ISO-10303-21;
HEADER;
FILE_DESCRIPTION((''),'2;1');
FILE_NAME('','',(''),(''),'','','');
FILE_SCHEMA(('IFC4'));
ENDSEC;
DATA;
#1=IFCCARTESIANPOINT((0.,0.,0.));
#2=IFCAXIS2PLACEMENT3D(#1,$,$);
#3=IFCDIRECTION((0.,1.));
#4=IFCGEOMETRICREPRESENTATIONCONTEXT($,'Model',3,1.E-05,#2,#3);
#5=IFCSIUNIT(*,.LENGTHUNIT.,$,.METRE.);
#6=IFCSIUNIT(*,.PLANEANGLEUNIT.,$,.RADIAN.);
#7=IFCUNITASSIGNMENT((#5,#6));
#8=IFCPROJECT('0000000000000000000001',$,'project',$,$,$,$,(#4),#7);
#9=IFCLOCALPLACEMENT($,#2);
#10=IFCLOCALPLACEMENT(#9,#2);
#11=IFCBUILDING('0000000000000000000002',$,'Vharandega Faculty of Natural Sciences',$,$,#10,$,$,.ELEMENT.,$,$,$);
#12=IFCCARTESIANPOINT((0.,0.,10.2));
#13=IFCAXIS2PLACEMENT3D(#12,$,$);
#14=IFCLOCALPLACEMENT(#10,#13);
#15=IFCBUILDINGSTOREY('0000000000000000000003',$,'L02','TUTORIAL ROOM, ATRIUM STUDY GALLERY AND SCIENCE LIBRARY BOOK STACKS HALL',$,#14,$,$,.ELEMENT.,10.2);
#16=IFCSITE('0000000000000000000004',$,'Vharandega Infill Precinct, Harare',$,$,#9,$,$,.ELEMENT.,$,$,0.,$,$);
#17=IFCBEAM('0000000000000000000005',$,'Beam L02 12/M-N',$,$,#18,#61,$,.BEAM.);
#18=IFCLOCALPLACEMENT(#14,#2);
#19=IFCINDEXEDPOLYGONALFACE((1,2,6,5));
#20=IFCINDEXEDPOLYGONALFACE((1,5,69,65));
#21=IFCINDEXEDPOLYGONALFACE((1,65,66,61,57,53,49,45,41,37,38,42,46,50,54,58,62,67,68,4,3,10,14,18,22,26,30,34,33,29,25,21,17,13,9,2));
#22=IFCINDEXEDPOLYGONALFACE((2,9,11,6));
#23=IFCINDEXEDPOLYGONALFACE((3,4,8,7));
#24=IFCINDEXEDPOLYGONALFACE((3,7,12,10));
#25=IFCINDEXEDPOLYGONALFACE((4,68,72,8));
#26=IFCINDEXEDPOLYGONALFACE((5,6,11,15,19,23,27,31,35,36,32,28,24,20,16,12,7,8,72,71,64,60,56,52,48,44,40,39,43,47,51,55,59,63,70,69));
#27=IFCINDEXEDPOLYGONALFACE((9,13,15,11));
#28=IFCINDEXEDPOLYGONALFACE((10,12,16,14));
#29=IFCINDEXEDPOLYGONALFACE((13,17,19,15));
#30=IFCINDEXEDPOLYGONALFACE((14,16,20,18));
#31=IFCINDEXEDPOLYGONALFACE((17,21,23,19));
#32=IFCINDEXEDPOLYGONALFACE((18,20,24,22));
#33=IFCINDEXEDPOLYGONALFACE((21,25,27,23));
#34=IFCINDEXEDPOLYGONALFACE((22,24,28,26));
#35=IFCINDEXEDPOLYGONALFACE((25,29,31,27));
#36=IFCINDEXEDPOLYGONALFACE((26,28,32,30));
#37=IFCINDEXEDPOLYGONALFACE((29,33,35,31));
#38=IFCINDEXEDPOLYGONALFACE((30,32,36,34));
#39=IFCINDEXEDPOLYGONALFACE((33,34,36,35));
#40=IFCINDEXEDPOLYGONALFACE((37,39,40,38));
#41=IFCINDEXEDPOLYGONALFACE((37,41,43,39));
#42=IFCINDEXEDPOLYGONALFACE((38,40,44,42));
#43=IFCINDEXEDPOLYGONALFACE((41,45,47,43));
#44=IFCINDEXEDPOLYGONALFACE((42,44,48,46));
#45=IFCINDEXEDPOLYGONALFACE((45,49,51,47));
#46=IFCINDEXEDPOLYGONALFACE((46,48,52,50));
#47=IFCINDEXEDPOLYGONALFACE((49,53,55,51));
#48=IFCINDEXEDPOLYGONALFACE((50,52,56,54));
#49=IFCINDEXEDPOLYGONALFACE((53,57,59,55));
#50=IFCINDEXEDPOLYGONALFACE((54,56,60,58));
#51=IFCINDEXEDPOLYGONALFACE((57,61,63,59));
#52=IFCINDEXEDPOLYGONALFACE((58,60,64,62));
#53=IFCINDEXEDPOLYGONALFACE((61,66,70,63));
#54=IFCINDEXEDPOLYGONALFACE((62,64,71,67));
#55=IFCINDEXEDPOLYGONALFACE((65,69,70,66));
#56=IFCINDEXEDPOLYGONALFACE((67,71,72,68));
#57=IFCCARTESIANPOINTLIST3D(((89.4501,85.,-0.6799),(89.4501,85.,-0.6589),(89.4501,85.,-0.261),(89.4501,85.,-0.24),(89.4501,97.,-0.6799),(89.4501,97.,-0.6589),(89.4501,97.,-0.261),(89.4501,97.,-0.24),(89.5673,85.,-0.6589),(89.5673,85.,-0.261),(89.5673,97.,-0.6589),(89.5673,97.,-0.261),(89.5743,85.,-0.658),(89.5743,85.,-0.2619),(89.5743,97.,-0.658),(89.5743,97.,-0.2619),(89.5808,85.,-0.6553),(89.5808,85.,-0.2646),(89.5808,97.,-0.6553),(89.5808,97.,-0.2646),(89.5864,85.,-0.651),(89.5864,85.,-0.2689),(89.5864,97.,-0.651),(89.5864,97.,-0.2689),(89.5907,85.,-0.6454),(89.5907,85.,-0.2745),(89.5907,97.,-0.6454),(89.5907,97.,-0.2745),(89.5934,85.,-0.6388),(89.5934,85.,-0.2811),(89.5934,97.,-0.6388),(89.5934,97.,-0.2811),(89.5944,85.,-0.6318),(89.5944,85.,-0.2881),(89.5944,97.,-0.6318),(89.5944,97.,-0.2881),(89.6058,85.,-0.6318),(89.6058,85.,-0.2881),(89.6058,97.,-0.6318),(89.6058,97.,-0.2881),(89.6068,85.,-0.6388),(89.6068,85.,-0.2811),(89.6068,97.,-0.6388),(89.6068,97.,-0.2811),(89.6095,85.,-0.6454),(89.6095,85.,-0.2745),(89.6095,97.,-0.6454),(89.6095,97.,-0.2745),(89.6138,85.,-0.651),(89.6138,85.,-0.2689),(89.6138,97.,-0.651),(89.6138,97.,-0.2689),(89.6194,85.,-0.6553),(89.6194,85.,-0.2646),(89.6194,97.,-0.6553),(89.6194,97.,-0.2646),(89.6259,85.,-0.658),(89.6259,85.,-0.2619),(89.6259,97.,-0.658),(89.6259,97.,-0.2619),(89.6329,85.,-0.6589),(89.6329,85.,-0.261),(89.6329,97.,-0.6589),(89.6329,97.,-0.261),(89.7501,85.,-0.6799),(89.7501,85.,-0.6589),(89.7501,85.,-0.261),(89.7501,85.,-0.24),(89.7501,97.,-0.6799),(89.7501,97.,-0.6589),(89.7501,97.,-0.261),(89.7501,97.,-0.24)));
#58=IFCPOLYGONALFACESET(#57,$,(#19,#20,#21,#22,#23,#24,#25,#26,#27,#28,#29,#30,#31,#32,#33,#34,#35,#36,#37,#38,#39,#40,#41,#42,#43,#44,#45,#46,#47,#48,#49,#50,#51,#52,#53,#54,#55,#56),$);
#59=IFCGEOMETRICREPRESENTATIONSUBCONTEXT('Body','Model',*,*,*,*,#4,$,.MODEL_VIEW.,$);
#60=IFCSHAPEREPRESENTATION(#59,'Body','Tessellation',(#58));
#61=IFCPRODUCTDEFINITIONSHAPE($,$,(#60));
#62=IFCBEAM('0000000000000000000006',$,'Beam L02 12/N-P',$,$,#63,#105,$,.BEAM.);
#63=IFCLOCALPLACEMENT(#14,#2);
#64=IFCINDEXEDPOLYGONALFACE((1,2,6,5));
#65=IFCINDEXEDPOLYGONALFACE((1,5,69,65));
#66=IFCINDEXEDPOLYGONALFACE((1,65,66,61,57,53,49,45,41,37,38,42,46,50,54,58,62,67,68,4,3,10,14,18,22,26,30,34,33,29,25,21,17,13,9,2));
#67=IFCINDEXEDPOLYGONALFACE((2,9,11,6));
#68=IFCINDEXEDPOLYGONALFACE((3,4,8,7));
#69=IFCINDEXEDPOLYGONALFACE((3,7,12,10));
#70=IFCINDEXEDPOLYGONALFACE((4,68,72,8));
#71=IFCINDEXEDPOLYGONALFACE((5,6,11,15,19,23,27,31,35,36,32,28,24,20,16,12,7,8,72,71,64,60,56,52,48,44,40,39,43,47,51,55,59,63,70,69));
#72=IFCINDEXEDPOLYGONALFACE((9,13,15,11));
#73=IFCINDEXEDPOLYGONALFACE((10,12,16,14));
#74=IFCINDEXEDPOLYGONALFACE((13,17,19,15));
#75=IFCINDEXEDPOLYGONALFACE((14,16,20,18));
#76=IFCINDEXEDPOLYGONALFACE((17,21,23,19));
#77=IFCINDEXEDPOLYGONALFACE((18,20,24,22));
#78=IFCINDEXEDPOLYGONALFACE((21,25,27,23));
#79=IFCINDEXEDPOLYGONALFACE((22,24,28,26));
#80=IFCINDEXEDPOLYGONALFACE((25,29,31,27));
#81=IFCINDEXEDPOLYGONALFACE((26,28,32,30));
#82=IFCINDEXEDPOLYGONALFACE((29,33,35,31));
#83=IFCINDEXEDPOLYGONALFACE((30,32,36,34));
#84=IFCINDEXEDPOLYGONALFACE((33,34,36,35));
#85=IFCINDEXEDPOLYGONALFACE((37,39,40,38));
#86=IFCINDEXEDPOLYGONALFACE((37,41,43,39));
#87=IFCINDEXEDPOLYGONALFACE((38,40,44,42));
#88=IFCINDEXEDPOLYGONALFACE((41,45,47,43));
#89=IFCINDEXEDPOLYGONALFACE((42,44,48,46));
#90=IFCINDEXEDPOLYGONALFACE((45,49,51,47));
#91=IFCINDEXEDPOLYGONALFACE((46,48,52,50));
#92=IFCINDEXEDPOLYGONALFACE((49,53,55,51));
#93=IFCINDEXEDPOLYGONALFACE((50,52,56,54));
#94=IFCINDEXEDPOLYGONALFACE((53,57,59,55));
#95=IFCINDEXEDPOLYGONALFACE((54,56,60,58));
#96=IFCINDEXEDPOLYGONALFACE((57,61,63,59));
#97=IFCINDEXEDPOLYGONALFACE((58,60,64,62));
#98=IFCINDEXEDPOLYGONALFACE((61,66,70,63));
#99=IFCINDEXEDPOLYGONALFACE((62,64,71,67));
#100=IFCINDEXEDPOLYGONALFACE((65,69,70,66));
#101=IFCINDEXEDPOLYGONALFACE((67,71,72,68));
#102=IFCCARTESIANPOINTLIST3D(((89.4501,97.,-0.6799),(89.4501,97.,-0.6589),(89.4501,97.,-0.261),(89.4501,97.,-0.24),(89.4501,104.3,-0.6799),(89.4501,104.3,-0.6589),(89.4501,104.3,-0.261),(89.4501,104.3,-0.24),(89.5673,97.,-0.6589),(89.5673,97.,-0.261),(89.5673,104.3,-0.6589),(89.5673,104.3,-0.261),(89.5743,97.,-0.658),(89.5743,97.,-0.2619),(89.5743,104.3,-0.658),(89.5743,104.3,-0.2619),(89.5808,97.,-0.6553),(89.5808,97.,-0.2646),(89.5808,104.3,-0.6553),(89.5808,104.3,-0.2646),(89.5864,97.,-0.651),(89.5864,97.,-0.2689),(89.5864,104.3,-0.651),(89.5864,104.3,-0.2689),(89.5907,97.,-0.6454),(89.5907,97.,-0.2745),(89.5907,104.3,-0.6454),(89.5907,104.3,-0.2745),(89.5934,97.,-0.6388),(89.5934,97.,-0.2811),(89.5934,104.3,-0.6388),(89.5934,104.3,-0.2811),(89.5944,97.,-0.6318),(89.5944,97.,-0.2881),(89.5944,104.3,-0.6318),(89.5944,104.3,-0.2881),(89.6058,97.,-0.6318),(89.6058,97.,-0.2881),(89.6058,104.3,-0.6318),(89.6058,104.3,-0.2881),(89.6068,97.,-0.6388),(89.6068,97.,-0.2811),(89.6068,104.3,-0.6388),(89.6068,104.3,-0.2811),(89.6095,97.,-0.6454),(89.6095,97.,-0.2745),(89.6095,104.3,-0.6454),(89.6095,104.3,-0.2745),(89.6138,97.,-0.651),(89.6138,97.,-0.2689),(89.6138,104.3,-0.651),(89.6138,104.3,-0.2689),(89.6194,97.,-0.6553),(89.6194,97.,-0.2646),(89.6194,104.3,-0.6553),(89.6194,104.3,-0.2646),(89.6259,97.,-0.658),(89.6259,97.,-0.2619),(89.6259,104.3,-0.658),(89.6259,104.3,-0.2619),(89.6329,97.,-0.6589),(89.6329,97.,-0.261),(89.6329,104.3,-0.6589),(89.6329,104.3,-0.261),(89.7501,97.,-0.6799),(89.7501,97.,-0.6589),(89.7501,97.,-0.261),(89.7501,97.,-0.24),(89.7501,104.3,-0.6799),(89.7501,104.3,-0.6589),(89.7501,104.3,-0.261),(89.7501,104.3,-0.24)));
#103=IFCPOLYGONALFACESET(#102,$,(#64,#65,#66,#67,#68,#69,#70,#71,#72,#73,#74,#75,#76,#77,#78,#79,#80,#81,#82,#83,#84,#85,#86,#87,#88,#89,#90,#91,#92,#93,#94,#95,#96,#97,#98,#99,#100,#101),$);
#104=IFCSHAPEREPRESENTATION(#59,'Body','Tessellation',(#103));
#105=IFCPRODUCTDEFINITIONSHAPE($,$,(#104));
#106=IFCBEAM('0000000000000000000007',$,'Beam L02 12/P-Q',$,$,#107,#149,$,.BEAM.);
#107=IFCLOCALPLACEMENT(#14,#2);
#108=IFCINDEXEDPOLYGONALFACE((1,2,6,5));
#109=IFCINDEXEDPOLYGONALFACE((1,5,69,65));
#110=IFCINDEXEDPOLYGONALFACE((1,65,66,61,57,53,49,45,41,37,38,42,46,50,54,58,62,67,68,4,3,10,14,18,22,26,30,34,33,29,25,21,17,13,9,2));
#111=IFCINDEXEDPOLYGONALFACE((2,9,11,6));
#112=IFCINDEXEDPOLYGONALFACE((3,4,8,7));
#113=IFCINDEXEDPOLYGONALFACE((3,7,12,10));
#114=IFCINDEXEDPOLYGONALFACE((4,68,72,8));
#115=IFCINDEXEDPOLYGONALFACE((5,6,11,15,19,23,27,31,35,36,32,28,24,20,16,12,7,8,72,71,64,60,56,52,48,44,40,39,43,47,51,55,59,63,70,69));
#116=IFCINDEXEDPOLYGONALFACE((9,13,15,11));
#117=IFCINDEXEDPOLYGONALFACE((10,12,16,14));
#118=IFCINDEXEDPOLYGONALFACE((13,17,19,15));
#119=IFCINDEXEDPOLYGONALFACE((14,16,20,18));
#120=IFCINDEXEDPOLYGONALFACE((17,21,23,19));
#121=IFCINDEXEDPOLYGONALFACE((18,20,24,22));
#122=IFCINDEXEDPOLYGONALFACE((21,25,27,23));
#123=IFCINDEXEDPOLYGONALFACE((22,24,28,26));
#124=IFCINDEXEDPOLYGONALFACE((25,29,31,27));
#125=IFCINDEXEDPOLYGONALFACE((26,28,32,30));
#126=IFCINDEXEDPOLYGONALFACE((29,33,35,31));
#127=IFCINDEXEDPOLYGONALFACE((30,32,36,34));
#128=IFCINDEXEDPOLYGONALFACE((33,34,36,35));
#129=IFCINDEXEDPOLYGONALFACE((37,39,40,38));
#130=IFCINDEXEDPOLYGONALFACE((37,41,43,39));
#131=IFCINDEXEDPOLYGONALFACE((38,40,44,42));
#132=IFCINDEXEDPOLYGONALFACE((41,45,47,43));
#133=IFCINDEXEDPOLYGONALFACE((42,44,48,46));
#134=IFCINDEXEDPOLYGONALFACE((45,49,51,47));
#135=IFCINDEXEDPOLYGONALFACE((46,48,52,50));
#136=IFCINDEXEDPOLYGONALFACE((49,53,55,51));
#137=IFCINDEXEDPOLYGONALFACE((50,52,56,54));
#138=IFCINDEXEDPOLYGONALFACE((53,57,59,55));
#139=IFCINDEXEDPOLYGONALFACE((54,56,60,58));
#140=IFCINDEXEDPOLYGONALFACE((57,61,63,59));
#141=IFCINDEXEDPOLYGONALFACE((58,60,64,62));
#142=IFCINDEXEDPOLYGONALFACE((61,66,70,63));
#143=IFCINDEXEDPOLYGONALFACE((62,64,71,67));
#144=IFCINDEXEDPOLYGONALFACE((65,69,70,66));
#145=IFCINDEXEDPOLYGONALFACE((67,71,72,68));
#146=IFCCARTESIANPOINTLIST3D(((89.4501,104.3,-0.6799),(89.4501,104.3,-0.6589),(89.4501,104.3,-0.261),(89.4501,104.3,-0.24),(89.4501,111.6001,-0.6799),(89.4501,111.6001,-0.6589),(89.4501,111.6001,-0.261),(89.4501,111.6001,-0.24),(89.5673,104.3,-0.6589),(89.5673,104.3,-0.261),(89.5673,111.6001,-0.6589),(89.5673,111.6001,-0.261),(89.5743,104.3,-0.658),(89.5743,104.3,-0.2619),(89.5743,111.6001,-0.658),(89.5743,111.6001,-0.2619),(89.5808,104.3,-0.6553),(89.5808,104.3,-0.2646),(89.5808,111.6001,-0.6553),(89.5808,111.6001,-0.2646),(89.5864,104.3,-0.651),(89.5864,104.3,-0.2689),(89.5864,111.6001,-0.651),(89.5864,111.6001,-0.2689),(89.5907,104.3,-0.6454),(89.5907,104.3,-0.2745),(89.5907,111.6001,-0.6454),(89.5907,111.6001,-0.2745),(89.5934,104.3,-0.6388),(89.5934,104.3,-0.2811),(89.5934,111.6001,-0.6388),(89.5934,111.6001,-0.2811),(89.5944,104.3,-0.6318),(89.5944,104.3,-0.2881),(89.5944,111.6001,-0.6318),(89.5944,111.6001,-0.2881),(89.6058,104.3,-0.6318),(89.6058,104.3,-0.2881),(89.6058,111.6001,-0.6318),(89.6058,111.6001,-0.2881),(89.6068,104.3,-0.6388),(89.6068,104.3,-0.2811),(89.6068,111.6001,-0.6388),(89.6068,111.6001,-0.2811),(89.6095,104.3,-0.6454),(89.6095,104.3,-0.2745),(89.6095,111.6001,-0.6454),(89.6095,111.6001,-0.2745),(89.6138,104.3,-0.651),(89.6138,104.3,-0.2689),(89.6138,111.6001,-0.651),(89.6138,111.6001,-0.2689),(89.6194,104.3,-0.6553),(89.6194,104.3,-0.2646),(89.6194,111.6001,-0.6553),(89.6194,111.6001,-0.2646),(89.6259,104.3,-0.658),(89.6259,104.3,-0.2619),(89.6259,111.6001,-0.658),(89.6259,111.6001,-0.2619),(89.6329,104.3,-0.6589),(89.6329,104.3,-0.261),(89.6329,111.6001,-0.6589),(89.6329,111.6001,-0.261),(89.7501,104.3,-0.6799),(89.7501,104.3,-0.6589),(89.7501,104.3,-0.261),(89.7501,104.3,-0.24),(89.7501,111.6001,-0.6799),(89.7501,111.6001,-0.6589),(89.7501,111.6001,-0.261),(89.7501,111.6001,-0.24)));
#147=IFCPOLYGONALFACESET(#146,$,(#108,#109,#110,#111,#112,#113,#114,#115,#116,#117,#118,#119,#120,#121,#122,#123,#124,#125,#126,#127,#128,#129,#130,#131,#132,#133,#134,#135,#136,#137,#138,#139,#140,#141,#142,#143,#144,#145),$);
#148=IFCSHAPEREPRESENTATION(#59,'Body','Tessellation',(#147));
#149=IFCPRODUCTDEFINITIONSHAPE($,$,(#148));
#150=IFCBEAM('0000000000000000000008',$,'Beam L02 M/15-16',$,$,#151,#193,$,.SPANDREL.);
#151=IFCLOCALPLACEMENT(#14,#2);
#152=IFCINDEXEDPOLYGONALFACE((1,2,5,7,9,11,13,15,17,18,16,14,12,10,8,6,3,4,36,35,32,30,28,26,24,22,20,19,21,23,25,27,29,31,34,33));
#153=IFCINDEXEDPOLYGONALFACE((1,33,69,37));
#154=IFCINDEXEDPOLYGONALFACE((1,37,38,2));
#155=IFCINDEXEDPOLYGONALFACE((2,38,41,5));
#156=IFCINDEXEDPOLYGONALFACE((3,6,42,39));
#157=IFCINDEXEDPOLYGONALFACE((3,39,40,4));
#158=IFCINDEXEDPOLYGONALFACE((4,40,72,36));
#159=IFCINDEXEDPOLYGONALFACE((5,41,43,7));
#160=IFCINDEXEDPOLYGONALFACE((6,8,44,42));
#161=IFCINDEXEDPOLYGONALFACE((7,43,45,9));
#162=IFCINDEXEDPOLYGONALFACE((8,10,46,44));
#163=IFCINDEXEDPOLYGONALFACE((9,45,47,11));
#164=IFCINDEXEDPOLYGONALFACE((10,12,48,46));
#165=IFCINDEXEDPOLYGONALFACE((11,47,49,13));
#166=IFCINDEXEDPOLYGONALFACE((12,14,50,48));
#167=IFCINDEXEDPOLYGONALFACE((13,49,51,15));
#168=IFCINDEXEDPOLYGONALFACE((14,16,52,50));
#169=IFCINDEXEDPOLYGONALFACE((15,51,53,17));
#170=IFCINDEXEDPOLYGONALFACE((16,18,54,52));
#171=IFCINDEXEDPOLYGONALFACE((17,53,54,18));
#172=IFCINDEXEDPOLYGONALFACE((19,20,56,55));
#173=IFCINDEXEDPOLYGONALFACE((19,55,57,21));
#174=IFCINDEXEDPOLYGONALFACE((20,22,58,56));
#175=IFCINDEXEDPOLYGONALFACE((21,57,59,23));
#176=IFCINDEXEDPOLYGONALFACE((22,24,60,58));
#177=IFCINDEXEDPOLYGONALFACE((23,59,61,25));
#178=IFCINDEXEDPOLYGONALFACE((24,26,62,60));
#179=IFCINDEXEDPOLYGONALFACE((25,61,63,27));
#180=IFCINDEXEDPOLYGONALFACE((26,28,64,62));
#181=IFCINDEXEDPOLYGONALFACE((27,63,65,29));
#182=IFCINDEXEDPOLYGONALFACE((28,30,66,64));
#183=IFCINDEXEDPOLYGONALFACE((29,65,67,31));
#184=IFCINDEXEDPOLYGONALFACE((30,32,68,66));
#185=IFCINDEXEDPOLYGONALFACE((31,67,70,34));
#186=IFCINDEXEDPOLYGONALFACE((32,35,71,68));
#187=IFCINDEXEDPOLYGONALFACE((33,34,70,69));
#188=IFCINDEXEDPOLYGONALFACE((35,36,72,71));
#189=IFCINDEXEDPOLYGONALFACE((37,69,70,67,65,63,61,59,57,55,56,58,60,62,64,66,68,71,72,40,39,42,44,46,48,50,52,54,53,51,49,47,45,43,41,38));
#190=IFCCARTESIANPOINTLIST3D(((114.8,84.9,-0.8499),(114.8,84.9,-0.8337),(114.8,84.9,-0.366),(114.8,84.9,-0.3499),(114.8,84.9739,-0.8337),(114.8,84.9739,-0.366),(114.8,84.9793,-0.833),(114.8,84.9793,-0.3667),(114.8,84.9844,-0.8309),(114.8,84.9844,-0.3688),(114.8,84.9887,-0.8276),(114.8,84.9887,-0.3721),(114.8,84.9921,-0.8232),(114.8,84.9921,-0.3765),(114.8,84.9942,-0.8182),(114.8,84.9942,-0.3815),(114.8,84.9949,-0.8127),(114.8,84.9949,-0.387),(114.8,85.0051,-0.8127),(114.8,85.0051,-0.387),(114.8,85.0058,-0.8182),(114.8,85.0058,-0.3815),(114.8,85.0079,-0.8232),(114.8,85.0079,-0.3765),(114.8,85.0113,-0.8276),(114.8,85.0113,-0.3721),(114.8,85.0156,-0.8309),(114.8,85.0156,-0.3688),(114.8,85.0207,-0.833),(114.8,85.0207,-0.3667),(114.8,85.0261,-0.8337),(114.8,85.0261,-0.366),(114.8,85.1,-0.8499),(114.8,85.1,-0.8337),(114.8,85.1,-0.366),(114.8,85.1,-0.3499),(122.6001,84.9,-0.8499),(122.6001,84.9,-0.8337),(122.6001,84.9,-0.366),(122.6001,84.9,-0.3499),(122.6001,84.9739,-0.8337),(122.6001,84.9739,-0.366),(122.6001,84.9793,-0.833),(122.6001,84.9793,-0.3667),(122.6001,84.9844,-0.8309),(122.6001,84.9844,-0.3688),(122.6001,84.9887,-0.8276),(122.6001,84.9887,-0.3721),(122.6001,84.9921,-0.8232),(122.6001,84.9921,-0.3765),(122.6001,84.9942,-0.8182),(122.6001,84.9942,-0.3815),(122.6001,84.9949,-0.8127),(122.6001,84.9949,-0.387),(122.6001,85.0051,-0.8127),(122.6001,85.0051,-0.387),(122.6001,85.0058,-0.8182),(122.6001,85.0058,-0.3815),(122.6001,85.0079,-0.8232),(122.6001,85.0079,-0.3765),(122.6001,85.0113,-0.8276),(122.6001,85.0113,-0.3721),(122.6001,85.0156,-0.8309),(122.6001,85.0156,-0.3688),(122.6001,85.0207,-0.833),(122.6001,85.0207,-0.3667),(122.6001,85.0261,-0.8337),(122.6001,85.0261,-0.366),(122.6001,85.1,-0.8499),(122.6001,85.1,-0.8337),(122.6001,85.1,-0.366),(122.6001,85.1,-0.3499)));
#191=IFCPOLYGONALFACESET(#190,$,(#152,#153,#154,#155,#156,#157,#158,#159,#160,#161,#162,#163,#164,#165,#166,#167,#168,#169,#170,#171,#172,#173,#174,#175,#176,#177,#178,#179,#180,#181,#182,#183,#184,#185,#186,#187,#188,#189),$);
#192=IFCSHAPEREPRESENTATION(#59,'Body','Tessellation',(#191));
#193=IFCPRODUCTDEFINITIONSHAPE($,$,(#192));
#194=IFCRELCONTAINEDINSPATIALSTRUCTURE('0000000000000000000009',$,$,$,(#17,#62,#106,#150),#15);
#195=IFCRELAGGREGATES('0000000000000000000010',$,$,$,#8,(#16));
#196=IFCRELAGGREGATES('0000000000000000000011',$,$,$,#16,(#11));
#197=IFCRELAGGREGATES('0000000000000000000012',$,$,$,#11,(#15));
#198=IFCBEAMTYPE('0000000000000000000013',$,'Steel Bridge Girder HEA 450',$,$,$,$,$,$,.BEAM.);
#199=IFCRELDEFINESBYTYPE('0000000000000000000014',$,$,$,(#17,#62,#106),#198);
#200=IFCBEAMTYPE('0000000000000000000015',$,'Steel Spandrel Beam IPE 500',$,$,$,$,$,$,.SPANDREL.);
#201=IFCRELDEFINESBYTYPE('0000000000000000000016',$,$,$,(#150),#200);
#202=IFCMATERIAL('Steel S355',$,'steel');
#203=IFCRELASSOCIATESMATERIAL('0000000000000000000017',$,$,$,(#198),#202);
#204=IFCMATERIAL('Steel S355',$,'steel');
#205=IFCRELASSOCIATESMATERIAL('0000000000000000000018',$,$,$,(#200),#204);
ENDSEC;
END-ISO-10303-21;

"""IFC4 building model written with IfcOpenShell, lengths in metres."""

from ifc_helpers import new_model, si_unit, direction, frame, origin, origin_2d, place, context, subcontext, project, spatial, i_section, extrude, material, material_profile, profile_set, type_object, element, save


model = new_model("IFC4")

# Units and contexts
model_context = context("Model", 3, precision=1e-05, world=origin(), true_north=direction((0.0, 1.0)))
body_context = subcontext(model_context, "Body", "Model", "MODEL_VIEW")
ifc_project = project(units=[si_unit("LENGTHUNIT", "METRE"), si_unit("PLANEANGLEUNIT", "RADIAN")], contexts=[model_context])

# Site, building, storey
site_placement = place(None, origin())
site = spatial("IfcSite", under=ifc_project, at=site_placement, Name="Vharandega Infill Precinct, Harare", CompositionType="ELEMENT", RefElevation=0.0)
building_placement = place(site_placement, origin())
building = spatial("IfcBuilding", under=site, at=building_placement, Name="Vharandega Faculty of Natural Sciences", CompositionType="ELEMENT")
storey_placement = place(building_placement, frame((0.0, 0.0, 10.2)))
storey = spatial("IfcBuildingStorey", under=building, at=storey_placement, Name="L02", Description="TUTORIAL ROOM, ATRIUM STUDY GALLERY AND SCIENCE LIBRARY BOOK STACKS HALL", CompositionType="ELEMENT", Elevation=10.2)

# Beams
ifc_material_1 = material(Name="Steel S355", Category="steel")
ifc_material_profile_1 = material_profile(ifc_material_1, i_section(OverallWidth=0.3, OverallDepth=0.4399, WebThickness=0.0115, FlangeThickness=0.021, FilletRadius=0.0271, at=origin_2d()), Name="HEA 450")
ifc_profile_set_1 = profile_set([ifc_material_profile_1], Name="Steel S355")
beam_type_1 = type_object("IfcBeamType", Name="Steel Bridge Girder HEA 450", PredefinedType="BEAM", material=ifc_profile_set_1)
beam_1_placement = place(storey_placement, frame((89.6001, 85.0, -0.46), z_axis=(0.0, 1.0, 0.0), x_axis=(-1.0, 0.0, 0.0)))
element("IfcBeam", 1, at=beam_1_placement, inside=storey, type_object=beam_type_1, Name="Beam L02 12/M-N", PredefinedType="BEAM", context=body_context, shape_type="SweptSolid", body=[
    extrude(i_section(OverallWidth=0.3, OverallDepth=0.4399, WebThickness=0.0115, FlangeThickness=0.021, FilletRadius=0.0271, at=origin_2d()), origin(), (0.0, 0.0, 1.0), 12.0),
])
for number, where, z_axis, x_axis, name in (
    (2, (89.6001, 97.0, -0.46), (0.0, 1.0, 0.0), (-1.0, 0.0, 0.0), "Beam L02 12/N-P"),
    (3, (89.6001, 104.3, -0.46), (0.0, 1.0, 0.0), (-1.0, 0.0, 0.0), "Beam L02 12/P-Q"),
):
    element("IfcBeam", number, at=place(storey_placement, frame(where, z_axis=z_axis, x_axis=x_axis)), inside=storey, type_object=beam_type_1, Name=name, PredefinedType="BEAM", context=body_context, shape_type="SweptSolid", body=[
        extrude(i_section(OverallWidth=0.3, OverallDepth=0.4399, WebThickness=0.0115, FlangeThickness=0.021, FilletRadius=0.0271, at=origin_2d()), origin(), (0.0, 0.0, 1.0), 7.3),
    ])
ifc_material_2 = material(Name="Steel S355", Category="steel")
ifc_material_profile_2 = material_profile(ifc_material_2, i_section(OverallWidth=0.2, OverallDepth=0.5, WebThickness=0.0103, FlangeThickness=0.0161, FilletRadius=0.021, at=origin_2d()), Name="IPE 500")
ifc_profile_set_2 = profile_set([ifc_material_profile_2], Name="Steel S355")
beam_type_2 = type_object("IfcBeamType", Name="Steel Spandrel Beam IPE 500", PredefinedType="SPANDREL", material=ifc_profile_set_2)
beam_2_placement = place(storey_placement, frame((114.8, 85.0, -0.5999), z_axis=(1.0, 0.0, 0.0), x_axis=(0.0, 1.0, 0.0)))
element("IfcBeam", 4, at=beam_2_placement, inside=storey, type_object=beam_type_2, Name="Beam L02 M/15-16", PredefinedType="SPANDREL", context=body_context, shape_type="SweptSolid", body=[
    extrude(i_section(OverallWidth=0.2, OverallDepth=0.5, WebThickness=0.0103, FlangeThickness=0.0161, FilletRadius=0.021, at=origin_2d()), origin(), (0.0, 0.0, 1.0), 7.8),
])

save(model, "model.ifc")
